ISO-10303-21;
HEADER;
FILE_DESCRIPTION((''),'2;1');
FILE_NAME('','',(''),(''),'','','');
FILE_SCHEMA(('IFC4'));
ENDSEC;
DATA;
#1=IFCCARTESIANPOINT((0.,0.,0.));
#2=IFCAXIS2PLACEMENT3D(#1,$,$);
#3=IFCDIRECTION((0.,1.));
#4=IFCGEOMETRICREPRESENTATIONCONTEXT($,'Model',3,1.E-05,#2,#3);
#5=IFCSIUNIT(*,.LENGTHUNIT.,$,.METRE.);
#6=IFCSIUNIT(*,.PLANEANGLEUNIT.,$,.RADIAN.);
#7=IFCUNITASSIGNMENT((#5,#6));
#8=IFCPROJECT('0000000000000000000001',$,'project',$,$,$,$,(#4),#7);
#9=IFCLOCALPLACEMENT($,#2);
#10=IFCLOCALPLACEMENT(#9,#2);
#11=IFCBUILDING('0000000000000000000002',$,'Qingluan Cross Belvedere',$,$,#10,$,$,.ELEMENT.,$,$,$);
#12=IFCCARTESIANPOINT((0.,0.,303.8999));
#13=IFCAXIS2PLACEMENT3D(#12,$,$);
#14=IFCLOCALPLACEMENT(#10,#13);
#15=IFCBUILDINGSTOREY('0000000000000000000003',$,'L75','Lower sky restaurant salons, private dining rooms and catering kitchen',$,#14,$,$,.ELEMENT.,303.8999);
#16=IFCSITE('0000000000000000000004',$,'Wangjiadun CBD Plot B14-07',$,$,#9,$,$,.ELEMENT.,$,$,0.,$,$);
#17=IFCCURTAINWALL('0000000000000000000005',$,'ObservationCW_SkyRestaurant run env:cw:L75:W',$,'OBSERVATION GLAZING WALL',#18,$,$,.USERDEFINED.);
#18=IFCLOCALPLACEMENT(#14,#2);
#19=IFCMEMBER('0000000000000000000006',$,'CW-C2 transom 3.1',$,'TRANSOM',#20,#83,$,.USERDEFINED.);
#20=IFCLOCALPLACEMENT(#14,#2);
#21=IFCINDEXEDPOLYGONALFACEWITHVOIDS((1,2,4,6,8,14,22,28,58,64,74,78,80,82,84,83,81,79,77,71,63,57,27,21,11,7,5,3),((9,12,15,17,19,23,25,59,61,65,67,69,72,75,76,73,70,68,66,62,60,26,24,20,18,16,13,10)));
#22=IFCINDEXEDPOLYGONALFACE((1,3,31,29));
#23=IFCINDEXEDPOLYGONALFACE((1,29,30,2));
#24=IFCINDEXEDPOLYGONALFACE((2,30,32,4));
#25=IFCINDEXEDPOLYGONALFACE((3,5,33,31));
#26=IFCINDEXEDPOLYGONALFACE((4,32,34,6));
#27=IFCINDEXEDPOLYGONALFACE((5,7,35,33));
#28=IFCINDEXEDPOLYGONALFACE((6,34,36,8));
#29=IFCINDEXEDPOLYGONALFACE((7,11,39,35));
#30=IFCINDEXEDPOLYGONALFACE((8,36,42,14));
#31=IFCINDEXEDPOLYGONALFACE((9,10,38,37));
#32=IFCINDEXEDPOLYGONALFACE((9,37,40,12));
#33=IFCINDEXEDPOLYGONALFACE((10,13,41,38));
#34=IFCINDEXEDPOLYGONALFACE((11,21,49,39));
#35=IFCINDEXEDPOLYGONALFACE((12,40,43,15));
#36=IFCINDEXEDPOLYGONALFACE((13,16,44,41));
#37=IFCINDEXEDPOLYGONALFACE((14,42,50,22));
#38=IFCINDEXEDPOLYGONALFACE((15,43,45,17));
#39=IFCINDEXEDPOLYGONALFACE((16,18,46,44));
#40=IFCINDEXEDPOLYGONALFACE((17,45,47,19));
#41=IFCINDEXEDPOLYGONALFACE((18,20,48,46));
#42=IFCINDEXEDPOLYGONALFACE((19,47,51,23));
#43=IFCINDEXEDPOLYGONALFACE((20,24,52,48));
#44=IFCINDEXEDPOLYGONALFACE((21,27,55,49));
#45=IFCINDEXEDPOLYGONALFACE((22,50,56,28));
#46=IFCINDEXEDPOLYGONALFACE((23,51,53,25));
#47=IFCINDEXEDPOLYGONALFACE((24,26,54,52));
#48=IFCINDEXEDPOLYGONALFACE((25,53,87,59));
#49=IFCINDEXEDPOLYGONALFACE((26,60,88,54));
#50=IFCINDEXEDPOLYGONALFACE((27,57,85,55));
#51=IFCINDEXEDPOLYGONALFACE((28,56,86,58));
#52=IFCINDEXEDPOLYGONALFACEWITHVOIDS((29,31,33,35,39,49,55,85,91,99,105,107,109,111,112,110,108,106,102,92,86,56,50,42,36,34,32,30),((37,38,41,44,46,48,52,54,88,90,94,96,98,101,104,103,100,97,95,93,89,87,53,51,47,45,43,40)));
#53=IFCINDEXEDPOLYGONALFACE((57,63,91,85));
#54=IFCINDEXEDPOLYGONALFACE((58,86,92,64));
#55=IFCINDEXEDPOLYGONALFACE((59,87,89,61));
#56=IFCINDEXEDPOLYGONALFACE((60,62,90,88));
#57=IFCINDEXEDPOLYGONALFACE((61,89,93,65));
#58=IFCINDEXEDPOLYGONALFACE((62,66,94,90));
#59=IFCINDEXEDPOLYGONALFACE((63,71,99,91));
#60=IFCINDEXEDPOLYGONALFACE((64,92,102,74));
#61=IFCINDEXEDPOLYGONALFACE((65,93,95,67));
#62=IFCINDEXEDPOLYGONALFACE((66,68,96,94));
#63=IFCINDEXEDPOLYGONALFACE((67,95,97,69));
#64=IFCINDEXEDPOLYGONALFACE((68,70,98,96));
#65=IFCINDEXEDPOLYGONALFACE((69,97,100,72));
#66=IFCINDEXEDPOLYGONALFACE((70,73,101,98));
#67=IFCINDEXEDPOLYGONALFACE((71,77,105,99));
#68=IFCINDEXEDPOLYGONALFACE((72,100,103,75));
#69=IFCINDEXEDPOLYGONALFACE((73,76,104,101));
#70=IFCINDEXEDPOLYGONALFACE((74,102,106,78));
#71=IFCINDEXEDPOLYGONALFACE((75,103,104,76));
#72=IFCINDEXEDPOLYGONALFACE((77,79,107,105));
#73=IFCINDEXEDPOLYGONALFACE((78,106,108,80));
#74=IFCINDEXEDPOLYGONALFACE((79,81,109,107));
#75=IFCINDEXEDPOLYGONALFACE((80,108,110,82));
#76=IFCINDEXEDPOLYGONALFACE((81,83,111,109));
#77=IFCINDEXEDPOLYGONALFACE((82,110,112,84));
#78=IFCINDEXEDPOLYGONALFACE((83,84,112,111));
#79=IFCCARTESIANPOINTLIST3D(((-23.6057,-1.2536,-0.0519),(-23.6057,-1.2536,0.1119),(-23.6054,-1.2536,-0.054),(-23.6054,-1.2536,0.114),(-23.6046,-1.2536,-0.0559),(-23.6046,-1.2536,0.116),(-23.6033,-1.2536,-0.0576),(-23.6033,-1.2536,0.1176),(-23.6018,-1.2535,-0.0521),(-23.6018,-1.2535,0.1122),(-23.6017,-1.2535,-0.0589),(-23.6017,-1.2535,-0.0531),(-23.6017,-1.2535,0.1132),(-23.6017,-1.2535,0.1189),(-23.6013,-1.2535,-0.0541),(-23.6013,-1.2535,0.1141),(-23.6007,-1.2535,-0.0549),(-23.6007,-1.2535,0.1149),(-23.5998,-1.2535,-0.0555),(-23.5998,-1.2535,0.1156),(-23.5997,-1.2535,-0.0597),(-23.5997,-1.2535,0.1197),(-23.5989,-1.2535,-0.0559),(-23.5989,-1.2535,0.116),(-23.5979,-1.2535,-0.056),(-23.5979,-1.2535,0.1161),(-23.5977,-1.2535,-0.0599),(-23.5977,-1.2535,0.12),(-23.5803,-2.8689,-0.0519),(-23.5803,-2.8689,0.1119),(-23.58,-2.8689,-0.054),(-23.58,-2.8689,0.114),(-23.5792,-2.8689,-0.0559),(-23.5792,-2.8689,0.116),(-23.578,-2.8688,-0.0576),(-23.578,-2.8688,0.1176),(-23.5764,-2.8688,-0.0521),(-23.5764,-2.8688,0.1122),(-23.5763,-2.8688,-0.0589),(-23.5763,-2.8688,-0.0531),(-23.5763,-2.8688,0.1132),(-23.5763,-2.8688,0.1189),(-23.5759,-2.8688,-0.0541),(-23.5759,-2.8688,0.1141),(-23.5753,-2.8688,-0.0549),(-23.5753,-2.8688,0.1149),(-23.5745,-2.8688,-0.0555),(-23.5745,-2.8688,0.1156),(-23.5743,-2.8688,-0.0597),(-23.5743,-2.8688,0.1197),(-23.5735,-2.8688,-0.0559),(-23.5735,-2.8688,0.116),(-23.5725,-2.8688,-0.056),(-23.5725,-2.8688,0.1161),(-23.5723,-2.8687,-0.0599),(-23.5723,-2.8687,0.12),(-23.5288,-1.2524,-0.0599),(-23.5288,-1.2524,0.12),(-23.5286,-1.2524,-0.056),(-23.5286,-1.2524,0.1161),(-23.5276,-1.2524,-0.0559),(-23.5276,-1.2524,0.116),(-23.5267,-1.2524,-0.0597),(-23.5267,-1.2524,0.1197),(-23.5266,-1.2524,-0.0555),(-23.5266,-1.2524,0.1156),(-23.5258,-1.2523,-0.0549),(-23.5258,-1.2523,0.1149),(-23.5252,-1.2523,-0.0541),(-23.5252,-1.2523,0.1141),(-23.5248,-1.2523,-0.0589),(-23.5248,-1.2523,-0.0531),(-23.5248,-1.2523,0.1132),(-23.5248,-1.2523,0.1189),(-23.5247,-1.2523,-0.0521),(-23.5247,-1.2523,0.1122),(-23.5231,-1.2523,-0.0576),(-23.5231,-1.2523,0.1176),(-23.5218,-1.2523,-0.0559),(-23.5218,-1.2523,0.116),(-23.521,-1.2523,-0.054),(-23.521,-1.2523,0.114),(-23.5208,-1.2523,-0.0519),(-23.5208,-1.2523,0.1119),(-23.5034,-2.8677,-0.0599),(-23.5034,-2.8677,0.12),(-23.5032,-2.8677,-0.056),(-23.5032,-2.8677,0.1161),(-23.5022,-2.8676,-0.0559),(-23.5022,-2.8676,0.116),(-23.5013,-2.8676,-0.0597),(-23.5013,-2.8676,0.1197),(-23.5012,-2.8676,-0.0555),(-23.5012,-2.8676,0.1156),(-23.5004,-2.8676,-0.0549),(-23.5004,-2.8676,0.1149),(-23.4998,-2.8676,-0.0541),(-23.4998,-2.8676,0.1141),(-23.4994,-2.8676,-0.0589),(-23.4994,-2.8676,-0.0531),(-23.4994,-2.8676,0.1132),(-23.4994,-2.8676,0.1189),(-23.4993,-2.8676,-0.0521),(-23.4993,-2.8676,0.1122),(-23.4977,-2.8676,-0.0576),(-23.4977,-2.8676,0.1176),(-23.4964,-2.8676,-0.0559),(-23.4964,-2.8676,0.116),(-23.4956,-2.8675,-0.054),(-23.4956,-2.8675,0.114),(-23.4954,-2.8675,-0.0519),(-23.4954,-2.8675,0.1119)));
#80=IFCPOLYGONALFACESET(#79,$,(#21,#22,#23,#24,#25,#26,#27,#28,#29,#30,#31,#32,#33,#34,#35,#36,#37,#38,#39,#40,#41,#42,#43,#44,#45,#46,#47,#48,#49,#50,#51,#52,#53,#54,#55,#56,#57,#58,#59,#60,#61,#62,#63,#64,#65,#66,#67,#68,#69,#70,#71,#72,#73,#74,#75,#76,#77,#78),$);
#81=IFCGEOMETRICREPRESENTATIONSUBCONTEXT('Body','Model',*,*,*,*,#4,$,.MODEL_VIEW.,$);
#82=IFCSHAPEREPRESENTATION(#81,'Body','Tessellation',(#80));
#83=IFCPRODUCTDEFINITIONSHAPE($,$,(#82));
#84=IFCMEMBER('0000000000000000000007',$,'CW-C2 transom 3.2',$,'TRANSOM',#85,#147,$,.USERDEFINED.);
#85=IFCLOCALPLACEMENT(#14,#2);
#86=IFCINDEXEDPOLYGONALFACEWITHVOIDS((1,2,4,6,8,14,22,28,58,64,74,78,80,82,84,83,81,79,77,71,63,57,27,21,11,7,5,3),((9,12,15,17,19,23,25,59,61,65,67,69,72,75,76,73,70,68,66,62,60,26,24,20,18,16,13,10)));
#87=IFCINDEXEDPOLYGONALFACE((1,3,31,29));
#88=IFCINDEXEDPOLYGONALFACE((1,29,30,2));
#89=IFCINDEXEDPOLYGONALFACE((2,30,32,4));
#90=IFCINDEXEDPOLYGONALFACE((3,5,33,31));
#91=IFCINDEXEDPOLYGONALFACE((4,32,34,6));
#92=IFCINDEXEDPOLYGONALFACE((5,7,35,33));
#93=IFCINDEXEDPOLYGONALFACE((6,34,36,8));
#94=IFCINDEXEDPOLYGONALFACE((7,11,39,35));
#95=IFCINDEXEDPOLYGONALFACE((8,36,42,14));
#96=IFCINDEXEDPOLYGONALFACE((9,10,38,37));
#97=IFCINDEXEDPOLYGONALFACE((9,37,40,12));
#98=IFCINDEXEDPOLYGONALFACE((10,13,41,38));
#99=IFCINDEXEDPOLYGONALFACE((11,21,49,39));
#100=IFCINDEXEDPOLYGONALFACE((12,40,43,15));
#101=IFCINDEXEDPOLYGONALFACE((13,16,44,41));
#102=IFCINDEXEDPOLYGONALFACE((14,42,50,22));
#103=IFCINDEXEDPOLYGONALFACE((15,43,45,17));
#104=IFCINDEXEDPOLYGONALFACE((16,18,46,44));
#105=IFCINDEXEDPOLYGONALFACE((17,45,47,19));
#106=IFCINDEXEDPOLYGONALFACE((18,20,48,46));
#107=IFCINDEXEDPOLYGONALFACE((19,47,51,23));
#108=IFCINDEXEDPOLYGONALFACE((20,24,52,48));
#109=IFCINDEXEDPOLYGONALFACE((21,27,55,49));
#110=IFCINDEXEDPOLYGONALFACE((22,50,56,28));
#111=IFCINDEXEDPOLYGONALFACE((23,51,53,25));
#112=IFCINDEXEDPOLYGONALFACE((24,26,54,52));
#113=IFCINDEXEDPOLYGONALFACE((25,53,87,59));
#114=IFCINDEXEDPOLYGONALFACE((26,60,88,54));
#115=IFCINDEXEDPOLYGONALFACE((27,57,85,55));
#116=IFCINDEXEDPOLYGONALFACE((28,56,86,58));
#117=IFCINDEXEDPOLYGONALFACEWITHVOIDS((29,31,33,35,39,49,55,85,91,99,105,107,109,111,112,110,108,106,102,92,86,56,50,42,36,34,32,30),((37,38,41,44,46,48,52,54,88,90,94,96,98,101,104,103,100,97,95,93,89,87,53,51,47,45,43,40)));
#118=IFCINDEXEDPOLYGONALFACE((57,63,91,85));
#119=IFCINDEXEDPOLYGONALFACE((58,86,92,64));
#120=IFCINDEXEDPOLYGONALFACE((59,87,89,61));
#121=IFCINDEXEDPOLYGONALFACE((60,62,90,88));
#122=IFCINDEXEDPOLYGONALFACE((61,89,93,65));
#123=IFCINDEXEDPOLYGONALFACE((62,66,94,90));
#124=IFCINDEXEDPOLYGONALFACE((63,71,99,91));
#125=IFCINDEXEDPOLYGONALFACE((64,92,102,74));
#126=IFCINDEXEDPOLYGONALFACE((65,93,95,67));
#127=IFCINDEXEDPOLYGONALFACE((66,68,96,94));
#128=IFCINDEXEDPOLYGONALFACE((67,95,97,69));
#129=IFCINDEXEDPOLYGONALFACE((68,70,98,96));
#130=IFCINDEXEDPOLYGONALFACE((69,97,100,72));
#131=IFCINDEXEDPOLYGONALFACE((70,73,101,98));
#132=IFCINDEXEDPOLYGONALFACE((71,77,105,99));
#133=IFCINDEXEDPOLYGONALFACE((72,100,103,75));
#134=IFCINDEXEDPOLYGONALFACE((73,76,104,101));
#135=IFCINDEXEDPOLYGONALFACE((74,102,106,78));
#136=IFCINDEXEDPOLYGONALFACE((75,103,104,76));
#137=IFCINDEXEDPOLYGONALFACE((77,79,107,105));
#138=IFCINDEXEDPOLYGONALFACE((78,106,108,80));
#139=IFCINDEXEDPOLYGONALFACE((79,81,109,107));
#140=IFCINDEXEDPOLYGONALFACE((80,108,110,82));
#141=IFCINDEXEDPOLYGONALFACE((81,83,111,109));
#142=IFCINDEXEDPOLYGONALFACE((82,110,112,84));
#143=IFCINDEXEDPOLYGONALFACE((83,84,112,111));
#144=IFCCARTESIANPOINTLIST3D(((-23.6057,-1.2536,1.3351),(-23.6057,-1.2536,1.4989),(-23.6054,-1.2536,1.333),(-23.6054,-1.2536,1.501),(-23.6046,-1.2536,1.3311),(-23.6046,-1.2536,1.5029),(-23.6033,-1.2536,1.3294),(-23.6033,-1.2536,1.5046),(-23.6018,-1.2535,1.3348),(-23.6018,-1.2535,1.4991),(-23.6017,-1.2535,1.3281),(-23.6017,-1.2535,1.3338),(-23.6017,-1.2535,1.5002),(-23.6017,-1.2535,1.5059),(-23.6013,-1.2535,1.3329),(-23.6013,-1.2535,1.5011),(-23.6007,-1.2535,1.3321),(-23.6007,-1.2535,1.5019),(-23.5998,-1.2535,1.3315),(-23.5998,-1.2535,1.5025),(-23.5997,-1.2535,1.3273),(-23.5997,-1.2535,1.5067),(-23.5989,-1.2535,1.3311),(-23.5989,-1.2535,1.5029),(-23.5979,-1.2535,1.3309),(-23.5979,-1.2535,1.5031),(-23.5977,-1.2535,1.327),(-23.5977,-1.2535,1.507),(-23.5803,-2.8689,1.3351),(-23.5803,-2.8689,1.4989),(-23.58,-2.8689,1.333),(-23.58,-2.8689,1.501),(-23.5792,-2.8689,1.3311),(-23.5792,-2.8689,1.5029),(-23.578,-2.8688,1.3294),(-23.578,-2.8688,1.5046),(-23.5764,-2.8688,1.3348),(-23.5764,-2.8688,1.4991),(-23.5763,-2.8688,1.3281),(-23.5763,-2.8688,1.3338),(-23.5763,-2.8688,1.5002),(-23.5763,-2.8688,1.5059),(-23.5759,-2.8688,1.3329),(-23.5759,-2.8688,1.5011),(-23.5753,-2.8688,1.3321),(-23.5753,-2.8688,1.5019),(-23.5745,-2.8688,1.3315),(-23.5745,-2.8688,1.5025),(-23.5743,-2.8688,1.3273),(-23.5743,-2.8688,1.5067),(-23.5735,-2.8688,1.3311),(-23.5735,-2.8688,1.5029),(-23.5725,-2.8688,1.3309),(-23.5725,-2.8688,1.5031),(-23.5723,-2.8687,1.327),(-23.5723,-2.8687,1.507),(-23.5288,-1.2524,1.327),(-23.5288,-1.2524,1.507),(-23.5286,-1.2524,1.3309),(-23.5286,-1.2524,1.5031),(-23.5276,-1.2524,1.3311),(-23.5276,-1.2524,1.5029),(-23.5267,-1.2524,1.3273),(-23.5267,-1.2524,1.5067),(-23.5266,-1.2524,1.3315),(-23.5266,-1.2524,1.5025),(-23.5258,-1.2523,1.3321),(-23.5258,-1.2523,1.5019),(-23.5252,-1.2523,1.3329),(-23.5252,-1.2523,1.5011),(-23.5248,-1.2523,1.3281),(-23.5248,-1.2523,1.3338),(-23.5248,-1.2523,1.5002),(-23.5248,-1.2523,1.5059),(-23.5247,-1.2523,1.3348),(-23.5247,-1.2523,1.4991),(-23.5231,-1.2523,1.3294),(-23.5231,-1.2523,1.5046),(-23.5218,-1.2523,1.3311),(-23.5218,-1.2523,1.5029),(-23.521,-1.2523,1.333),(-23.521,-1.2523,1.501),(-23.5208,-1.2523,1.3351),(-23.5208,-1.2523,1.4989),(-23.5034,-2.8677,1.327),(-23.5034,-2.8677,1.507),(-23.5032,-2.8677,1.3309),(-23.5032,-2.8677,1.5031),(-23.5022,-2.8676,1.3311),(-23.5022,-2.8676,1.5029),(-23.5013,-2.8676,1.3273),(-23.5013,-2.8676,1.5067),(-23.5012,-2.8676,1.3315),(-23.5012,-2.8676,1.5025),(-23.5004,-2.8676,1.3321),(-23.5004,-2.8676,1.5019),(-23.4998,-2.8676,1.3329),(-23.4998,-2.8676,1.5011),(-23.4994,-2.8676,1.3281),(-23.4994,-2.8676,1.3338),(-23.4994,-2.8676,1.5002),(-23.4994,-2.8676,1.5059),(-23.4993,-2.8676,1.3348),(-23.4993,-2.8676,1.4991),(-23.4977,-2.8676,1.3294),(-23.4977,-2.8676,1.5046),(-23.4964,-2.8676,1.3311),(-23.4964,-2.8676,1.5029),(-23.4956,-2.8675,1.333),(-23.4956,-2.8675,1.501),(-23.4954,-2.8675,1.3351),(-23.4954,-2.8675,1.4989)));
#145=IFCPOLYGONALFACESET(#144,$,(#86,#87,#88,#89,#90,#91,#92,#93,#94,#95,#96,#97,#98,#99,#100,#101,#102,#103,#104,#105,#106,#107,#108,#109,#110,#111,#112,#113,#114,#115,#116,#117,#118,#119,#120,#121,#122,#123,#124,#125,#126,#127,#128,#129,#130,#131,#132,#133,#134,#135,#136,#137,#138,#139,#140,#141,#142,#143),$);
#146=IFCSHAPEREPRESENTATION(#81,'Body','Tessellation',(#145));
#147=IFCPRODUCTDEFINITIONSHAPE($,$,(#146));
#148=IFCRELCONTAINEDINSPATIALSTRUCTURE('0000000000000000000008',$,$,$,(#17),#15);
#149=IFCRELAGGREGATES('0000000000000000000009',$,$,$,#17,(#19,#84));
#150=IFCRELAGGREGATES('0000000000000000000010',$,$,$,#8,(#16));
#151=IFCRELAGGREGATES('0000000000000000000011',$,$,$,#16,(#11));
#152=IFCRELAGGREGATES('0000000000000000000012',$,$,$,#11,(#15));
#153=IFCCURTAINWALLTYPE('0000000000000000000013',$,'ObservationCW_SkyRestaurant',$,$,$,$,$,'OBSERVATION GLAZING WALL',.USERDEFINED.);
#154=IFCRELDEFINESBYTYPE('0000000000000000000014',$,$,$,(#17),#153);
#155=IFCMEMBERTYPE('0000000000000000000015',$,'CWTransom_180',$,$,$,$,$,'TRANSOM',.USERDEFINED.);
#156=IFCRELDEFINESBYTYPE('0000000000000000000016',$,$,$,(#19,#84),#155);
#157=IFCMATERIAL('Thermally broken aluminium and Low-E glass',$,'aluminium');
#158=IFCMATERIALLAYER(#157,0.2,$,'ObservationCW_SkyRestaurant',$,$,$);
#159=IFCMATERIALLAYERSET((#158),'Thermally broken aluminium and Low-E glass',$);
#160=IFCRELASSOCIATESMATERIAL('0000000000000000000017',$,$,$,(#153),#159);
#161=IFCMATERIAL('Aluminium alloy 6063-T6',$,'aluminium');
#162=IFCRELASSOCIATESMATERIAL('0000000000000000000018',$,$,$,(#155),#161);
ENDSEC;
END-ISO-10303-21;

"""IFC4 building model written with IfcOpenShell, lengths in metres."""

from ifc_helpers import new_model, si_unit, direction, frame, origin, origin_2d, place, context, subcontext, project, spatial, hollow_rectangle, extrude, material, layer, layer_set, material_profile, profile_set, type_object, element, aggregate, save


model = new_model("IFC4")

# Units and contexts
model_context = context("Model", 3, precision=1e-05, world=origin(), true_north=direction((0.0, 1.0)))
body_context = subcontext(model_context, "Body", "Model", "MODEL_VIEW")
ifc_project = project(units=[si_unit("LENGTHUNIT", "METRE"), si_unit("PLANEANGLEUNIT", "RADIAN")], contexts=[model_context])

# Site, building, storey
site_placement = place(None, origin())
site = spatial("IfcSite", under=ifc_project, at=site_placement, Name="Wangjiadun CBD Plot B14-07", CompositionType="ELEMENT", RefElevation=0.0)
building_placement = place(site_placement, origin())
building = spatial("IfcBuilding", under=site, at=building_placement, Name="Qingluan Cross Belvedere", CompositionType="ELEMENT")
storey_placement = place(building_placement, frame((0.0, 0.0, 303.8999)))
storey = spatial("IfcBuildingStorey", under=building, at=storey_placement, Name="L75", Description="Lower sky restaurant salons, private dining rooms and catering kitchen", CompositionType="ELEMENT", Elevation=303.8999)

# Curtain wall, members
ifc_material_1 = material(Name="Thermally broken aluminium and Low-E glass", Category="aluminium")
ifc_layer_1 = layer(ifc_material_1, 0.2, Name="ObservationCW_SkyRestaurant")
ifc_layer_set_1 = layer_set([ifc_layer_1], Name="Thermally broken aluminium and Low-E glass")
curtain_wall_type = type_object("IfcCurtainWallType", Name="ObservationCW_SkyRestaurant", ElementType="OBSERVATION GLAZING WALL", PredefinedType="USERDEFINED", material=ifc_layer_set_1)
curtain_wall_placement = place(storey_placement, origin())
curtain_wall = element("IfcCurtainWall", 1, at=curtain_wall_placement, inside=storey, type_object=curtain_wall_type, Name="ObservationCW_SkyRestaurant run env:cw:L75:W", ObjectType="OBSERVATION GLAZING WALL", PredefinedType="USERDEFINED")
ifc_material_2 = material(Name="Aluminium alloy 6063-T6", Category="aluminium")
ifc_material_profile_1 = material_profile(ifc_material_2, hollow_rectangle(XDim=0.085, YDim=0.1799, WallThickness=0.0039, InnerFilletRadius=0.0039, OuterFilletRadius=0.0081, at=origin_2d()), Name="CWT180x85x4")
ifc_profile_set_1 = profile_set([ifc_material_profile_1], Name="Aluminium alloy 6063-T6")
member_type_1 = type_object("IfcMemberType", Name="CWTransom_180", ElementType="TRANSOM", PredefinedType="USERDEFINED", material=ifc_profile_set_1)
member_1_placement = place(storey_placement, frame((-23.5632, -1.2529, 0.03), z_axis=(0.015718, -0.999876, 0.0), x_axis=(0.999876, 0.015718, 0.0)))
member_1 = element("IfcMember", 2, at=member_1_placement, type_object=member_type_1, Name="CW-C2 transom 3.1", ObjectType="TRANSOM", PredefinedType="USERDEFINED", context=body_context, shape_type="SweptSolid", body=[
    extrude(hollow_rectangle(XDim=0.085, YDim=0.1799, WallThickness=0.0039, InnerFilletRadius=0.0039, OuterFilletRadius=0.0081, at=origin_2d()), origin(), (0.0, 0.0, 1.0), 1.6155),
])
member_2_placement = place(storey_placement, frame((-23.5632, -1.2529, 1.417), z_axis=(0.015718, -0.999876, 0.0), x_axis=(0.999876, 0.015718, 0.0)))
member_2 = element("IfcMember", 3, at=member_2_placement, type_object=member_type_1, Name="CW-C2 transom 3.2", ObjectType="TRANSOM", PredefinedType="USERDEFINED", context=body_context, shape_type="SweptSolid", body=[
    extrude(hollow_rectangle(XDim=0.085, YDim=0.1799, WallThickness=0.0039, InnerFilletRadius=0.0039, OuterFilletRadius=0.0081, at=origin_2d()), origin(), (0.0, 0.0, 1.0), 1.6155),
])
aggregate(curtain_wall, [member_1, member_2])

save(model, "model.ifc")
